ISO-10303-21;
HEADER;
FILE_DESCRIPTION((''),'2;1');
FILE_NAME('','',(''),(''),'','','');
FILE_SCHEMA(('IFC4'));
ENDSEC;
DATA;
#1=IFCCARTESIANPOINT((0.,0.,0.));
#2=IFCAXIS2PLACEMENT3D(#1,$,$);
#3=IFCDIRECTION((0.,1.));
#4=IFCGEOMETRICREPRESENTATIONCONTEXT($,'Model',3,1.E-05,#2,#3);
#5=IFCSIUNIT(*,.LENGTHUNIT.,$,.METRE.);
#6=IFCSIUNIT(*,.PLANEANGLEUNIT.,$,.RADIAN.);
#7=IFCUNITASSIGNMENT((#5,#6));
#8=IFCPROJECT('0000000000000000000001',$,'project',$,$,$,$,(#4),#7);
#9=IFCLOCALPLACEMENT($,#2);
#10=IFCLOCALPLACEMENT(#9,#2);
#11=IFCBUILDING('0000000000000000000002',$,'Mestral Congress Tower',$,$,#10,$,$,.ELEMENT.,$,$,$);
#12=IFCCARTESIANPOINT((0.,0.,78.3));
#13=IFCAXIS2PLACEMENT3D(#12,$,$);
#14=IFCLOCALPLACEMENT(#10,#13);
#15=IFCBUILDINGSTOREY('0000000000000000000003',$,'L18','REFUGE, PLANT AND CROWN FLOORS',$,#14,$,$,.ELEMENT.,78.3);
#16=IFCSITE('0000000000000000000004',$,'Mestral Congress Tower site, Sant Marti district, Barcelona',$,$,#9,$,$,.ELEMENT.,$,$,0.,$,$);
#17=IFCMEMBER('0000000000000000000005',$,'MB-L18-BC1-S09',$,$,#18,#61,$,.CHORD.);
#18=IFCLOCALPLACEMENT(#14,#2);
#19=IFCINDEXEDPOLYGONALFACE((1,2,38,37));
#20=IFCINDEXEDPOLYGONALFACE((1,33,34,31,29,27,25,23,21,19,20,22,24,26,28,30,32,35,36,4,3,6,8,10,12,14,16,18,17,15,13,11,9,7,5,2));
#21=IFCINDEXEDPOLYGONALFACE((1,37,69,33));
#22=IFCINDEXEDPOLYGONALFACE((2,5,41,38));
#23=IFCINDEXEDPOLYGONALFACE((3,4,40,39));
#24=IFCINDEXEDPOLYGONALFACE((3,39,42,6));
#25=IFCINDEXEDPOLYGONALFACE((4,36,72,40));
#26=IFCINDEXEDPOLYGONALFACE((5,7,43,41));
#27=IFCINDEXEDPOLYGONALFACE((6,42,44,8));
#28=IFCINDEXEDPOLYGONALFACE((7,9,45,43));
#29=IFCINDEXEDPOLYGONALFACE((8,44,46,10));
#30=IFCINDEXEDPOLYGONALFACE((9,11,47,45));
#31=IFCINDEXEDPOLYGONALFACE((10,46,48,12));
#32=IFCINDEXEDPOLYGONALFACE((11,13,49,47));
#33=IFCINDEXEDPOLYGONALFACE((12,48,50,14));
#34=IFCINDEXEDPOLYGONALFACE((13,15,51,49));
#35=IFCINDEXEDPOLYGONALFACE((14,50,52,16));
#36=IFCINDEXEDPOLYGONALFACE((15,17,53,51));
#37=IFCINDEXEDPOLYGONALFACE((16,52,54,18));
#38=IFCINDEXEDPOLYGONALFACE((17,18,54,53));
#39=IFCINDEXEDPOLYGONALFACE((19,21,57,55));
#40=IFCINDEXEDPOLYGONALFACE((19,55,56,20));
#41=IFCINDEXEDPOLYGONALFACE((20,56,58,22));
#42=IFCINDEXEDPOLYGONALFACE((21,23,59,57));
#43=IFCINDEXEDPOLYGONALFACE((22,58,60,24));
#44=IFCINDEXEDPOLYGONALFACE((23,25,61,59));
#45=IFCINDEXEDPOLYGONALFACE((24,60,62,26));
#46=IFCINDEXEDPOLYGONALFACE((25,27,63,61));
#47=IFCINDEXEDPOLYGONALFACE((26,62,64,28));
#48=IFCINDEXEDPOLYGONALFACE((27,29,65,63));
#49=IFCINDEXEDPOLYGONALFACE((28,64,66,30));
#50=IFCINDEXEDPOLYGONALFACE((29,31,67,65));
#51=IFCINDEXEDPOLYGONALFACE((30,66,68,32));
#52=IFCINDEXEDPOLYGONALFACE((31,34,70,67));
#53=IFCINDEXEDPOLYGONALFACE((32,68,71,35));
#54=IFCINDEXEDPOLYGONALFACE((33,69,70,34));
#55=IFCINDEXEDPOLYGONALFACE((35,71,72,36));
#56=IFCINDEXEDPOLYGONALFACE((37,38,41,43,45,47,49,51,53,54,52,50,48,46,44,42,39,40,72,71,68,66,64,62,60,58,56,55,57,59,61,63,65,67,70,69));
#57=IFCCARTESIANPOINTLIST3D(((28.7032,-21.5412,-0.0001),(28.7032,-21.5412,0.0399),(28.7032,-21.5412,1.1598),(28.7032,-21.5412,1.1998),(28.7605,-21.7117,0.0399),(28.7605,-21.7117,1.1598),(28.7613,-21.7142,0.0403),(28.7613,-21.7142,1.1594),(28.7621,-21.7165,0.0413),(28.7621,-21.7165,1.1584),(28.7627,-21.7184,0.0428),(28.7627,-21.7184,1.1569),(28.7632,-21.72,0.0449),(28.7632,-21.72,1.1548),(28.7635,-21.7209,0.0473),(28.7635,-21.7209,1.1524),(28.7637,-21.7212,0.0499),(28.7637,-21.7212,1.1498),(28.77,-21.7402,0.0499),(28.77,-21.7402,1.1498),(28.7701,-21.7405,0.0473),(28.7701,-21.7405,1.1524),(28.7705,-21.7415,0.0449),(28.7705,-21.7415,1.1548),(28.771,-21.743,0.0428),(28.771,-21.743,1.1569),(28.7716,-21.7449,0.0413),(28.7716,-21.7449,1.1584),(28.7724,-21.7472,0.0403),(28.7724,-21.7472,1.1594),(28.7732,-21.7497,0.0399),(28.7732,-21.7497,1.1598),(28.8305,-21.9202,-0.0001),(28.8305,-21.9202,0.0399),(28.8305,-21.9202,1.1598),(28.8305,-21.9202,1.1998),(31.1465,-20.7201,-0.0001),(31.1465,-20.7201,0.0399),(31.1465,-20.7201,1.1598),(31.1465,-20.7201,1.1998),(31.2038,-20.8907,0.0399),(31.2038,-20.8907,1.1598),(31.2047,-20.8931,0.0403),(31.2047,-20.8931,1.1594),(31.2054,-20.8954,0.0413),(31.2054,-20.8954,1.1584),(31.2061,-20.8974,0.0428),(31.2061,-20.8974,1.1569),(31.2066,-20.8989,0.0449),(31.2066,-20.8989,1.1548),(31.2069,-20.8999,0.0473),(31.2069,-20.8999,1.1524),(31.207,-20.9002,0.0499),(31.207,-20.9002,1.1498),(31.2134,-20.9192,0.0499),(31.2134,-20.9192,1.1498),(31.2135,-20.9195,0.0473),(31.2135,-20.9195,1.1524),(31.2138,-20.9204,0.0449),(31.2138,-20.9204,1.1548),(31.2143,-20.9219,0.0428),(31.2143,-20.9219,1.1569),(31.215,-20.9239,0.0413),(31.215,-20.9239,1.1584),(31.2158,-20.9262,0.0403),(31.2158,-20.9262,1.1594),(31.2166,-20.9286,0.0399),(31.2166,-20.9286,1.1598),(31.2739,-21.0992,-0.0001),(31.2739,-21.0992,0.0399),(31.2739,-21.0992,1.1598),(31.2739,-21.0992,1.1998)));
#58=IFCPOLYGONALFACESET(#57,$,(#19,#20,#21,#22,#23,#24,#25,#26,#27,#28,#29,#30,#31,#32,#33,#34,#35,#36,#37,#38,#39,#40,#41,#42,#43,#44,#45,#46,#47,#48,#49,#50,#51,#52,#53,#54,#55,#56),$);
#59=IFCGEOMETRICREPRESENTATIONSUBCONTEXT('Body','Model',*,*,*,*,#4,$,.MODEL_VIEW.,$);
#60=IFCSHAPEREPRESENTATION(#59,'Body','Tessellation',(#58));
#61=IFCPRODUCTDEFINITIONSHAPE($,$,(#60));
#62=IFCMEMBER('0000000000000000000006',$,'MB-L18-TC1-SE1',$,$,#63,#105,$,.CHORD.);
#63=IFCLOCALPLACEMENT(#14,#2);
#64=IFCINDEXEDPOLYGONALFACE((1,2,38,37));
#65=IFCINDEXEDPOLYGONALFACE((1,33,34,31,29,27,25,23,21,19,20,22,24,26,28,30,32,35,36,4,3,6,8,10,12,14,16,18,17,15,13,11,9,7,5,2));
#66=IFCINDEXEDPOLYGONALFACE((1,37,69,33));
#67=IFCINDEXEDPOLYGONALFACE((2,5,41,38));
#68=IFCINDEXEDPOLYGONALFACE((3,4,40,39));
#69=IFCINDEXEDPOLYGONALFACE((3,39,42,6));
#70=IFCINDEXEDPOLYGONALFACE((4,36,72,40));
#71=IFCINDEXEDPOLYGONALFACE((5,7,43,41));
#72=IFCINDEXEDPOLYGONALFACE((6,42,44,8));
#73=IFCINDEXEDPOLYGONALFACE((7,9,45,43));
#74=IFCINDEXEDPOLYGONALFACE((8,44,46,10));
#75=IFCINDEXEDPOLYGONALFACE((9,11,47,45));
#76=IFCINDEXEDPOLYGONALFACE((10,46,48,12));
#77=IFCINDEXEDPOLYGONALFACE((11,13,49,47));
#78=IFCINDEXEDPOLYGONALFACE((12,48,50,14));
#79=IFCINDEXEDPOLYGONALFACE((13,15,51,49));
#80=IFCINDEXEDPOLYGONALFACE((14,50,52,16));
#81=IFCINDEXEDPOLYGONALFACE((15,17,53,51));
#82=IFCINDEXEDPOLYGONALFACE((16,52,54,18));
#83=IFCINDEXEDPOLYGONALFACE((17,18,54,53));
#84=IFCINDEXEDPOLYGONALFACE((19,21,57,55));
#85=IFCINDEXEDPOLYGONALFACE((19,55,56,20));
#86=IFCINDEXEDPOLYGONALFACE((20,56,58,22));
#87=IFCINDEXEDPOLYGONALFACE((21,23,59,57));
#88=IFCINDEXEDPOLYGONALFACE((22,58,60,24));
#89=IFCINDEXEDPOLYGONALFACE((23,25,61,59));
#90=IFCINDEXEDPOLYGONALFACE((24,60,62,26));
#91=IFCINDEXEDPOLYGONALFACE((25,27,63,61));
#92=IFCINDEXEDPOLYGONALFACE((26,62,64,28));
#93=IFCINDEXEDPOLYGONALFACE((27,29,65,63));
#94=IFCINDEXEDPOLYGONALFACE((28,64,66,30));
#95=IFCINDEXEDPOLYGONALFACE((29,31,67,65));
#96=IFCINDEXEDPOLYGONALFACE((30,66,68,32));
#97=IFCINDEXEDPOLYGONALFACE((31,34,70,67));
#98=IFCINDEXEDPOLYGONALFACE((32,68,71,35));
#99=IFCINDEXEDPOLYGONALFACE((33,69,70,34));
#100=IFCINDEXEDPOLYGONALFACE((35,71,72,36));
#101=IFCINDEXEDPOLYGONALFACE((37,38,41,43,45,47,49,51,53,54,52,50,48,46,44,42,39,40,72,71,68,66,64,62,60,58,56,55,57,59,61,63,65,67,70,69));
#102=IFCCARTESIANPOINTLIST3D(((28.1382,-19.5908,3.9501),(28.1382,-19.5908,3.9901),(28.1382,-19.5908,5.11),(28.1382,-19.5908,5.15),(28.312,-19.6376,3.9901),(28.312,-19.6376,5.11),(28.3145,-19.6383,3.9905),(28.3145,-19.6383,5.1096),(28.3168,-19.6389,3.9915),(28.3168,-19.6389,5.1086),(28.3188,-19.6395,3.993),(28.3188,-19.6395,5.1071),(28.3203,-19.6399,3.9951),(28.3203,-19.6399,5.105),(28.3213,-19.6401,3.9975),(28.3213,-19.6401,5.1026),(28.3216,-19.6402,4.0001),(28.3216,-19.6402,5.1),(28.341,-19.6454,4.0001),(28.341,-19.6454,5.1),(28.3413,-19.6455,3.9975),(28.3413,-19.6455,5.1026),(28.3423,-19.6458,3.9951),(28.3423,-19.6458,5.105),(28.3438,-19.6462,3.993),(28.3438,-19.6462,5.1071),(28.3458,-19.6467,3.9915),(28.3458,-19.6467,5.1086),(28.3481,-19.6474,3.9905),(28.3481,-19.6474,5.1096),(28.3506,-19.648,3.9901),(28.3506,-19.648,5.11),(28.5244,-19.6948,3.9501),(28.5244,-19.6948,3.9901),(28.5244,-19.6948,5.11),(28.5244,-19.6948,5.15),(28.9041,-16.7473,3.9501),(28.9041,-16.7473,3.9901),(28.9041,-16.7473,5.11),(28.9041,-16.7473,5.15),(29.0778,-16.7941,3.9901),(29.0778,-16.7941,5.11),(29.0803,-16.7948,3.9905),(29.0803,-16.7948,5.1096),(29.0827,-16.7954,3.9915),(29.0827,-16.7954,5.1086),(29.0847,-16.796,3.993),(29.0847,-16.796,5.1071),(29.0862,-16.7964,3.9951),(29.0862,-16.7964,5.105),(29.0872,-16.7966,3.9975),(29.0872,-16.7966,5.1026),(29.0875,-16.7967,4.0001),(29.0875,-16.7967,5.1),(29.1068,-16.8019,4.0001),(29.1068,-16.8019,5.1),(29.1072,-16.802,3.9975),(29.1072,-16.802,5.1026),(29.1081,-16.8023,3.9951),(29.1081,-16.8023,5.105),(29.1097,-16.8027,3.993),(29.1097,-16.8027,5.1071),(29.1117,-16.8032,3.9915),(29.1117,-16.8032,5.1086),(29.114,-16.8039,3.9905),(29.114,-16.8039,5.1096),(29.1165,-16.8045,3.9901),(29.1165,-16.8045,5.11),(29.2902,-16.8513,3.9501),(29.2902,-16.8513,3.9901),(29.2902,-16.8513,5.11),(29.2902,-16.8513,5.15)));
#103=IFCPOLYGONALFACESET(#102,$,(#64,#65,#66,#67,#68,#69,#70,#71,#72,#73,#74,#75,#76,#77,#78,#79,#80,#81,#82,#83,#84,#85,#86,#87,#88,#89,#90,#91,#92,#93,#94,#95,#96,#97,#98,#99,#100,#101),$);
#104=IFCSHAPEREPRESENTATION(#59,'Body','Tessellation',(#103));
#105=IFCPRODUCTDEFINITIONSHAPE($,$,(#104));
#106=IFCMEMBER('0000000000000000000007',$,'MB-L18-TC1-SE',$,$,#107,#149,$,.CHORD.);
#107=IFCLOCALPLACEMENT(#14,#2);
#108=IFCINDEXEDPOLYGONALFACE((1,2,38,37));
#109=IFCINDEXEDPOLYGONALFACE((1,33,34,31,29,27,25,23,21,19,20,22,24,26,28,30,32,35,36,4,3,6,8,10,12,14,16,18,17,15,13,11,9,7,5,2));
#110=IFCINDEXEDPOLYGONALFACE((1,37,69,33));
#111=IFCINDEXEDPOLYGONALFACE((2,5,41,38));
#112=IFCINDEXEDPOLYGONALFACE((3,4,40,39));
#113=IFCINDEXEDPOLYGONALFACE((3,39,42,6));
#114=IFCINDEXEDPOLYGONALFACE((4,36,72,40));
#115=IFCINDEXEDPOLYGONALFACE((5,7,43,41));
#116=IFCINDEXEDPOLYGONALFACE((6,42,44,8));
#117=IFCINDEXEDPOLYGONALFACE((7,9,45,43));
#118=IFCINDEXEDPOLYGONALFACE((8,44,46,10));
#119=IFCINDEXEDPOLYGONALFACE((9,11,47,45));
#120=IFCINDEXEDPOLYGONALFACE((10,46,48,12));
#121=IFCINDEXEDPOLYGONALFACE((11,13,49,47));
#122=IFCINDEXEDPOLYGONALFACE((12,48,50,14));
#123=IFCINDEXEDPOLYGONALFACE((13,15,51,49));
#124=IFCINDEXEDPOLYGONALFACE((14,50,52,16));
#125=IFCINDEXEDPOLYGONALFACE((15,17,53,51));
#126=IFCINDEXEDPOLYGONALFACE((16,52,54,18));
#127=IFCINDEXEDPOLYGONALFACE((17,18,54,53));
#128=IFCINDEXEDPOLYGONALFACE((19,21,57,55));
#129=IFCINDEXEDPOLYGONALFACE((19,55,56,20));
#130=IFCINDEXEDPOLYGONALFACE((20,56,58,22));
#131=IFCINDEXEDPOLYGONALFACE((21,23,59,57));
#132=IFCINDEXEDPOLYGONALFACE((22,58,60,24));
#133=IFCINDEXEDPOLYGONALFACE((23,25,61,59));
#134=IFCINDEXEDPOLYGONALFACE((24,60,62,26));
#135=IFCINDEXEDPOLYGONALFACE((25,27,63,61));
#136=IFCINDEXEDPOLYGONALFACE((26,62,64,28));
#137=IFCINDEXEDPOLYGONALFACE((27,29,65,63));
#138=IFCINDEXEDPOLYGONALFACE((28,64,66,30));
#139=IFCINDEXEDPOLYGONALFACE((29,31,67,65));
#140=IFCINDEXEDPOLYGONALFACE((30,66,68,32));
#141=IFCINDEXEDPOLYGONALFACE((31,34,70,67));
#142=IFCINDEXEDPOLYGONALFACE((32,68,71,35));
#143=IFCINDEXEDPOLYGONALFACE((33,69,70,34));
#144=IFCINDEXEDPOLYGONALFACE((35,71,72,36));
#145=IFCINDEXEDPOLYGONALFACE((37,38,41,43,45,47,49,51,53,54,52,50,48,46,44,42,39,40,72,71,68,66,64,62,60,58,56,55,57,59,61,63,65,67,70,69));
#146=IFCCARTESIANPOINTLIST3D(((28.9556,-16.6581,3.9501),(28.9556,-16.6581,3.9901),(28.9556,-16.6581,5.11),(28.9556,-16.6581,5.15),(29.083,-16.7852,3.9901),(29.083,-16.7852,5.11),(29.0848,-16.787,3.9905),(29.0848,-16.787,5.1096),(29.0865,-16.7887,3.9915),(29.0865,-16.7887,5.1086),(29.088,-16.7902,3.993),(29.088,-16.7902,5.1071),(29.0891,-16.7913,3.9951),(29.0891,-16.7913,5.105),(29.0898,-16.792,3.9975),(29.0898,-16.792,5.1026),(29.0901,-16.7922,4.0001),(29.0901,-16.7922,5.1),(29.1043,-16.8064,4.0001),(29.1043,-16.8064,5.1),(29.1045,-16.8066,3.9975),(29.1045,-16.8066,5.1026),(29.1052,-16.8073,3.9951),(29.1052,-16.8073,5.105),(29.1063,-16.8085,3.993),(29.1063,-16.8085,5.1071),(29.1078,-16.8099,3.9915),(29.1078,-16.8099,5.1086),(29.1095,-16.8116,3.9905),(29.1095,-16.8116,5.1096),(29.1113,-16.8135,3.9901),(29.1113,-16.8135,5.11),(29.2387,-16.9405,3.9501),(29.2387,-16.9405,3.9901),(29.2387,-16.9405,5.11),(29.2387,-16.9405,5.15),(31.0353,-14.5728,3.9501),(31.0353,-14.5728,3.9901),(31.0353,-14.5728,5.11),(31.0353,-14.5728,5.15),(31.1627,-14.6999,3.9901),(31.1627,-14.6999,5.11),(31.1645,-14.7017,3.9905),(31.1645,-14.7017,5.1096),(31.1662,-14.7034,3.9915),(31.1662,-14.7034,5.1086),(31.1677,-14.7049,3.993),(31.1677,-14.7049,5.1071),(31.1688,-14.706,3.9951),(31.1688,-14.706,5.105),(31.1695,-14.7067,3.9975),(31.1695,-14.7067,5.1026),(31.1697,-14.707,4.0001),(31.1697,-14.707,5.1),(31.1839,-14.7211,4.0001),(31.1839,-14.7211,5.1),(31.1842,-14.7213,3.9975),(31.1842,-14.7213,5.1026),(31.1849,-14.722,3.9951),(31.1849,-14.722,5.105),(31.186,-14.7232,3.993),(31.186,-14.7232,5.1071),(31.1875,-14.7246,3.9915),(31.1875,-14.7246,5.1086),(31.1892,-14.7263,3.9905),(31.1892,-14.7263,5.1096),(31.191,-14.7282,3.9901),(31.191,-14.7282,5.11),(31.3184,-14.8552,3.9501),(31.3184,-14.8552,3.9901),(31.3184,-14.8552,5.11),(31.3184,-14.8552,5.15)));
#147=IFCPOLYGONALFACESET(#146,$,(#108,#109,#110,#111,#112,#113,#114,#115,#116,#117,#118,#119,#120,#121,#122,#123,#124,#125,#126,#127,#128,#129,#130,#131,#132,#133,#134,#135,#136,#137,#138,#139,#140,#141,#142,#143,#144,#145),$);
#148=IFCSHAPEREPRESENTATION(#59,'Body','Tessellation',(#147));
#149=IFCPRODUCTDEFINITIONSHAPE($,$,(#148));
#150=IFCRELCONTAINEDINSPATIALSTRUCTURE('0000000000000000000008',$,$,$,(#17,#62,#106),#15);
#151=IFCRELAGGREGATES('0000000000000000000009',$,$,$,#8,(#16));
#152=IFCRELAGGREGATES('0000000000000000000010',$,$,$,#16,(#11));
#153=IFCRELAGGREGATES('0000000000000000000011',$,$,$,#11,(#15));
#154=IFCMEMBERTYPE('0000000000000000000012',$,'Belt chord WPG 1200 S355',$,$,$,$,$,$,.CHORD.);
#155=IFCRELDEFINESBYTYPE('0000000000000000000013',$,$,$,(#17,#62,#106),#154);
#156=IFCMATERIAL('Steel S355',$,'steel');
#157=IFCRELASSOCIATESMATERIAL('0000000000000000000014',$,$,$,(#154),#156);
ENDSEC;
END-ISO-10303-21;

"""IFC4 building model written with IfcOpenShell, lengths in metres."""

from ifc_helpers import new_model, si_unit, direction, frame, origin, origin_2d, place, context, subcontext, project, spatial, i_section, extrude, material, material_profile, profile_set, type_object, element, save


model = new_model("IFC4")

# Units and contexts
model_context = context("Model", 3, precision=1e-05, world=origin(), true_north=direction((0.0, 1.0)))
body_context = subcontext(model_context, "Body", "Model", "MODEL_VIEW")
ifc_project = project(units=[si_unit("LENGTHUNIT", "METRE"), si_unit("PLANEANGLEUNIT", "RADIAN")], contexts=[model_context])

# Site, building, storey
site_placement = place(None, origin())
site = spatial("IfcSite", under=ifc_project, at=site_placement, Name="Mestral Congress Tower site, Sant Marti district, Barcelona", CompositionType="ELEMENT", RefElevation=0.0)
building_placement = place(site_placement, origin())
building = spatial("IfcBuilding", under=site, at=building_placement, Name="Mestral Congress Tower", CompositionType="ELEMENT")
storey_placement = place(building_placement, frame((0.0, 0.0, 78.3)))
storey = spatial("IfcBuildingStorey", under=building, at=storey_placement, Name="L18", Description="REFUGE, PLANT AND CROWN FLOORS", CompositionType="ELEMENT", Elevation=78.3)

# Members
ifc_material_1 = material(Name="Steel S355", Category="steel")
ifc_material_profile_1 = material_profile(ifc_material_1, i_section(OverallWidth=0.3999, OverallDepth=1.2, WebThickness=0.02, FlangeThickness=0.04, FilletRadius=0.01, at=origin_2d()), Name="WPG 1200")
ifc_profile_set_1 = profile_set([ifc_material_profile_1], Name="Steel S355")
member_type_1 = type_object("IfcMemberType", Name="Belt chord WPG 1200 S355", PredefinedType="CHORD", material=ifc_profile_set_1)
member_1_placement = place(storey_placement, frame((28.7668, -21.7307, 0.5999), z_axis=(0.947913, 0.318528, 0.0), x_axis=(-0.318528, 0.947913, 0.0)))
element("IfcMember", 1, at=member_1_placement, inside=storey, type_object=member_type_1, Name="MB-L18-BC1-S09", PredefinedType="CHORD", context=body_context, shape_type="SweptSolid", body=[
    extrude(i_section(OverallWidth=0.3999, OverallDepth=1.2, WebThickness=0.02, FlangeThickness=0.04, FilletRadius=0.01, at=origin_2d()), origin(), (0.0, 0.0, 1.0), 2.5776),
])
member_2_placement = place(storey_placement, frame((28.3313, -19.6428, 4.55), z_axis=(0.260072, 0.965589, 0.0), x_axis=(-0.965589, 0.260072, 0.0)))
element("IfcMember", 2, at=member_2_placement, inside=storey, type_object=member_type_1, Name="MB-L18-TC1-SE1", PredefinedType="CHORD", context=body_context, shape_type="SweptSolid", body=[
    extrude(i_section(OverallWidth=0.3999, OverallDepth=1.2, WebThickness=0.02, FlangeThickness=0.04, FilletRadius=0.01, at=origin_2d()), origin(), (0.0, 0.0, 1.0), 2.9448),
])
member_3_placement = place(storey_placement, frame((29.0972, -16.7993, 4.55), z_axis=(0.706153, 0.70806, 0.0), x_axis=(-0.70806, 0.706153, 0.0)))
element("IfcMember", 3, at=member_3_placement, inside=storey, type_object=member_type_1, Name="MB-L18-TC1-SE", PredefinedType="CHORD", context=body_context, shape_type="SweptSolid", body=[
    extrude(i_section(OverallWidth=0.3999, OverallDepth=1.2, WebThickness=0.02, FlangeThickness=0.04, FilletRadius=0.01, at=origin_2d()), origin(), (0.0, 0.0, 1.0), 2.9451),
])

save(model, "model.ifc")
